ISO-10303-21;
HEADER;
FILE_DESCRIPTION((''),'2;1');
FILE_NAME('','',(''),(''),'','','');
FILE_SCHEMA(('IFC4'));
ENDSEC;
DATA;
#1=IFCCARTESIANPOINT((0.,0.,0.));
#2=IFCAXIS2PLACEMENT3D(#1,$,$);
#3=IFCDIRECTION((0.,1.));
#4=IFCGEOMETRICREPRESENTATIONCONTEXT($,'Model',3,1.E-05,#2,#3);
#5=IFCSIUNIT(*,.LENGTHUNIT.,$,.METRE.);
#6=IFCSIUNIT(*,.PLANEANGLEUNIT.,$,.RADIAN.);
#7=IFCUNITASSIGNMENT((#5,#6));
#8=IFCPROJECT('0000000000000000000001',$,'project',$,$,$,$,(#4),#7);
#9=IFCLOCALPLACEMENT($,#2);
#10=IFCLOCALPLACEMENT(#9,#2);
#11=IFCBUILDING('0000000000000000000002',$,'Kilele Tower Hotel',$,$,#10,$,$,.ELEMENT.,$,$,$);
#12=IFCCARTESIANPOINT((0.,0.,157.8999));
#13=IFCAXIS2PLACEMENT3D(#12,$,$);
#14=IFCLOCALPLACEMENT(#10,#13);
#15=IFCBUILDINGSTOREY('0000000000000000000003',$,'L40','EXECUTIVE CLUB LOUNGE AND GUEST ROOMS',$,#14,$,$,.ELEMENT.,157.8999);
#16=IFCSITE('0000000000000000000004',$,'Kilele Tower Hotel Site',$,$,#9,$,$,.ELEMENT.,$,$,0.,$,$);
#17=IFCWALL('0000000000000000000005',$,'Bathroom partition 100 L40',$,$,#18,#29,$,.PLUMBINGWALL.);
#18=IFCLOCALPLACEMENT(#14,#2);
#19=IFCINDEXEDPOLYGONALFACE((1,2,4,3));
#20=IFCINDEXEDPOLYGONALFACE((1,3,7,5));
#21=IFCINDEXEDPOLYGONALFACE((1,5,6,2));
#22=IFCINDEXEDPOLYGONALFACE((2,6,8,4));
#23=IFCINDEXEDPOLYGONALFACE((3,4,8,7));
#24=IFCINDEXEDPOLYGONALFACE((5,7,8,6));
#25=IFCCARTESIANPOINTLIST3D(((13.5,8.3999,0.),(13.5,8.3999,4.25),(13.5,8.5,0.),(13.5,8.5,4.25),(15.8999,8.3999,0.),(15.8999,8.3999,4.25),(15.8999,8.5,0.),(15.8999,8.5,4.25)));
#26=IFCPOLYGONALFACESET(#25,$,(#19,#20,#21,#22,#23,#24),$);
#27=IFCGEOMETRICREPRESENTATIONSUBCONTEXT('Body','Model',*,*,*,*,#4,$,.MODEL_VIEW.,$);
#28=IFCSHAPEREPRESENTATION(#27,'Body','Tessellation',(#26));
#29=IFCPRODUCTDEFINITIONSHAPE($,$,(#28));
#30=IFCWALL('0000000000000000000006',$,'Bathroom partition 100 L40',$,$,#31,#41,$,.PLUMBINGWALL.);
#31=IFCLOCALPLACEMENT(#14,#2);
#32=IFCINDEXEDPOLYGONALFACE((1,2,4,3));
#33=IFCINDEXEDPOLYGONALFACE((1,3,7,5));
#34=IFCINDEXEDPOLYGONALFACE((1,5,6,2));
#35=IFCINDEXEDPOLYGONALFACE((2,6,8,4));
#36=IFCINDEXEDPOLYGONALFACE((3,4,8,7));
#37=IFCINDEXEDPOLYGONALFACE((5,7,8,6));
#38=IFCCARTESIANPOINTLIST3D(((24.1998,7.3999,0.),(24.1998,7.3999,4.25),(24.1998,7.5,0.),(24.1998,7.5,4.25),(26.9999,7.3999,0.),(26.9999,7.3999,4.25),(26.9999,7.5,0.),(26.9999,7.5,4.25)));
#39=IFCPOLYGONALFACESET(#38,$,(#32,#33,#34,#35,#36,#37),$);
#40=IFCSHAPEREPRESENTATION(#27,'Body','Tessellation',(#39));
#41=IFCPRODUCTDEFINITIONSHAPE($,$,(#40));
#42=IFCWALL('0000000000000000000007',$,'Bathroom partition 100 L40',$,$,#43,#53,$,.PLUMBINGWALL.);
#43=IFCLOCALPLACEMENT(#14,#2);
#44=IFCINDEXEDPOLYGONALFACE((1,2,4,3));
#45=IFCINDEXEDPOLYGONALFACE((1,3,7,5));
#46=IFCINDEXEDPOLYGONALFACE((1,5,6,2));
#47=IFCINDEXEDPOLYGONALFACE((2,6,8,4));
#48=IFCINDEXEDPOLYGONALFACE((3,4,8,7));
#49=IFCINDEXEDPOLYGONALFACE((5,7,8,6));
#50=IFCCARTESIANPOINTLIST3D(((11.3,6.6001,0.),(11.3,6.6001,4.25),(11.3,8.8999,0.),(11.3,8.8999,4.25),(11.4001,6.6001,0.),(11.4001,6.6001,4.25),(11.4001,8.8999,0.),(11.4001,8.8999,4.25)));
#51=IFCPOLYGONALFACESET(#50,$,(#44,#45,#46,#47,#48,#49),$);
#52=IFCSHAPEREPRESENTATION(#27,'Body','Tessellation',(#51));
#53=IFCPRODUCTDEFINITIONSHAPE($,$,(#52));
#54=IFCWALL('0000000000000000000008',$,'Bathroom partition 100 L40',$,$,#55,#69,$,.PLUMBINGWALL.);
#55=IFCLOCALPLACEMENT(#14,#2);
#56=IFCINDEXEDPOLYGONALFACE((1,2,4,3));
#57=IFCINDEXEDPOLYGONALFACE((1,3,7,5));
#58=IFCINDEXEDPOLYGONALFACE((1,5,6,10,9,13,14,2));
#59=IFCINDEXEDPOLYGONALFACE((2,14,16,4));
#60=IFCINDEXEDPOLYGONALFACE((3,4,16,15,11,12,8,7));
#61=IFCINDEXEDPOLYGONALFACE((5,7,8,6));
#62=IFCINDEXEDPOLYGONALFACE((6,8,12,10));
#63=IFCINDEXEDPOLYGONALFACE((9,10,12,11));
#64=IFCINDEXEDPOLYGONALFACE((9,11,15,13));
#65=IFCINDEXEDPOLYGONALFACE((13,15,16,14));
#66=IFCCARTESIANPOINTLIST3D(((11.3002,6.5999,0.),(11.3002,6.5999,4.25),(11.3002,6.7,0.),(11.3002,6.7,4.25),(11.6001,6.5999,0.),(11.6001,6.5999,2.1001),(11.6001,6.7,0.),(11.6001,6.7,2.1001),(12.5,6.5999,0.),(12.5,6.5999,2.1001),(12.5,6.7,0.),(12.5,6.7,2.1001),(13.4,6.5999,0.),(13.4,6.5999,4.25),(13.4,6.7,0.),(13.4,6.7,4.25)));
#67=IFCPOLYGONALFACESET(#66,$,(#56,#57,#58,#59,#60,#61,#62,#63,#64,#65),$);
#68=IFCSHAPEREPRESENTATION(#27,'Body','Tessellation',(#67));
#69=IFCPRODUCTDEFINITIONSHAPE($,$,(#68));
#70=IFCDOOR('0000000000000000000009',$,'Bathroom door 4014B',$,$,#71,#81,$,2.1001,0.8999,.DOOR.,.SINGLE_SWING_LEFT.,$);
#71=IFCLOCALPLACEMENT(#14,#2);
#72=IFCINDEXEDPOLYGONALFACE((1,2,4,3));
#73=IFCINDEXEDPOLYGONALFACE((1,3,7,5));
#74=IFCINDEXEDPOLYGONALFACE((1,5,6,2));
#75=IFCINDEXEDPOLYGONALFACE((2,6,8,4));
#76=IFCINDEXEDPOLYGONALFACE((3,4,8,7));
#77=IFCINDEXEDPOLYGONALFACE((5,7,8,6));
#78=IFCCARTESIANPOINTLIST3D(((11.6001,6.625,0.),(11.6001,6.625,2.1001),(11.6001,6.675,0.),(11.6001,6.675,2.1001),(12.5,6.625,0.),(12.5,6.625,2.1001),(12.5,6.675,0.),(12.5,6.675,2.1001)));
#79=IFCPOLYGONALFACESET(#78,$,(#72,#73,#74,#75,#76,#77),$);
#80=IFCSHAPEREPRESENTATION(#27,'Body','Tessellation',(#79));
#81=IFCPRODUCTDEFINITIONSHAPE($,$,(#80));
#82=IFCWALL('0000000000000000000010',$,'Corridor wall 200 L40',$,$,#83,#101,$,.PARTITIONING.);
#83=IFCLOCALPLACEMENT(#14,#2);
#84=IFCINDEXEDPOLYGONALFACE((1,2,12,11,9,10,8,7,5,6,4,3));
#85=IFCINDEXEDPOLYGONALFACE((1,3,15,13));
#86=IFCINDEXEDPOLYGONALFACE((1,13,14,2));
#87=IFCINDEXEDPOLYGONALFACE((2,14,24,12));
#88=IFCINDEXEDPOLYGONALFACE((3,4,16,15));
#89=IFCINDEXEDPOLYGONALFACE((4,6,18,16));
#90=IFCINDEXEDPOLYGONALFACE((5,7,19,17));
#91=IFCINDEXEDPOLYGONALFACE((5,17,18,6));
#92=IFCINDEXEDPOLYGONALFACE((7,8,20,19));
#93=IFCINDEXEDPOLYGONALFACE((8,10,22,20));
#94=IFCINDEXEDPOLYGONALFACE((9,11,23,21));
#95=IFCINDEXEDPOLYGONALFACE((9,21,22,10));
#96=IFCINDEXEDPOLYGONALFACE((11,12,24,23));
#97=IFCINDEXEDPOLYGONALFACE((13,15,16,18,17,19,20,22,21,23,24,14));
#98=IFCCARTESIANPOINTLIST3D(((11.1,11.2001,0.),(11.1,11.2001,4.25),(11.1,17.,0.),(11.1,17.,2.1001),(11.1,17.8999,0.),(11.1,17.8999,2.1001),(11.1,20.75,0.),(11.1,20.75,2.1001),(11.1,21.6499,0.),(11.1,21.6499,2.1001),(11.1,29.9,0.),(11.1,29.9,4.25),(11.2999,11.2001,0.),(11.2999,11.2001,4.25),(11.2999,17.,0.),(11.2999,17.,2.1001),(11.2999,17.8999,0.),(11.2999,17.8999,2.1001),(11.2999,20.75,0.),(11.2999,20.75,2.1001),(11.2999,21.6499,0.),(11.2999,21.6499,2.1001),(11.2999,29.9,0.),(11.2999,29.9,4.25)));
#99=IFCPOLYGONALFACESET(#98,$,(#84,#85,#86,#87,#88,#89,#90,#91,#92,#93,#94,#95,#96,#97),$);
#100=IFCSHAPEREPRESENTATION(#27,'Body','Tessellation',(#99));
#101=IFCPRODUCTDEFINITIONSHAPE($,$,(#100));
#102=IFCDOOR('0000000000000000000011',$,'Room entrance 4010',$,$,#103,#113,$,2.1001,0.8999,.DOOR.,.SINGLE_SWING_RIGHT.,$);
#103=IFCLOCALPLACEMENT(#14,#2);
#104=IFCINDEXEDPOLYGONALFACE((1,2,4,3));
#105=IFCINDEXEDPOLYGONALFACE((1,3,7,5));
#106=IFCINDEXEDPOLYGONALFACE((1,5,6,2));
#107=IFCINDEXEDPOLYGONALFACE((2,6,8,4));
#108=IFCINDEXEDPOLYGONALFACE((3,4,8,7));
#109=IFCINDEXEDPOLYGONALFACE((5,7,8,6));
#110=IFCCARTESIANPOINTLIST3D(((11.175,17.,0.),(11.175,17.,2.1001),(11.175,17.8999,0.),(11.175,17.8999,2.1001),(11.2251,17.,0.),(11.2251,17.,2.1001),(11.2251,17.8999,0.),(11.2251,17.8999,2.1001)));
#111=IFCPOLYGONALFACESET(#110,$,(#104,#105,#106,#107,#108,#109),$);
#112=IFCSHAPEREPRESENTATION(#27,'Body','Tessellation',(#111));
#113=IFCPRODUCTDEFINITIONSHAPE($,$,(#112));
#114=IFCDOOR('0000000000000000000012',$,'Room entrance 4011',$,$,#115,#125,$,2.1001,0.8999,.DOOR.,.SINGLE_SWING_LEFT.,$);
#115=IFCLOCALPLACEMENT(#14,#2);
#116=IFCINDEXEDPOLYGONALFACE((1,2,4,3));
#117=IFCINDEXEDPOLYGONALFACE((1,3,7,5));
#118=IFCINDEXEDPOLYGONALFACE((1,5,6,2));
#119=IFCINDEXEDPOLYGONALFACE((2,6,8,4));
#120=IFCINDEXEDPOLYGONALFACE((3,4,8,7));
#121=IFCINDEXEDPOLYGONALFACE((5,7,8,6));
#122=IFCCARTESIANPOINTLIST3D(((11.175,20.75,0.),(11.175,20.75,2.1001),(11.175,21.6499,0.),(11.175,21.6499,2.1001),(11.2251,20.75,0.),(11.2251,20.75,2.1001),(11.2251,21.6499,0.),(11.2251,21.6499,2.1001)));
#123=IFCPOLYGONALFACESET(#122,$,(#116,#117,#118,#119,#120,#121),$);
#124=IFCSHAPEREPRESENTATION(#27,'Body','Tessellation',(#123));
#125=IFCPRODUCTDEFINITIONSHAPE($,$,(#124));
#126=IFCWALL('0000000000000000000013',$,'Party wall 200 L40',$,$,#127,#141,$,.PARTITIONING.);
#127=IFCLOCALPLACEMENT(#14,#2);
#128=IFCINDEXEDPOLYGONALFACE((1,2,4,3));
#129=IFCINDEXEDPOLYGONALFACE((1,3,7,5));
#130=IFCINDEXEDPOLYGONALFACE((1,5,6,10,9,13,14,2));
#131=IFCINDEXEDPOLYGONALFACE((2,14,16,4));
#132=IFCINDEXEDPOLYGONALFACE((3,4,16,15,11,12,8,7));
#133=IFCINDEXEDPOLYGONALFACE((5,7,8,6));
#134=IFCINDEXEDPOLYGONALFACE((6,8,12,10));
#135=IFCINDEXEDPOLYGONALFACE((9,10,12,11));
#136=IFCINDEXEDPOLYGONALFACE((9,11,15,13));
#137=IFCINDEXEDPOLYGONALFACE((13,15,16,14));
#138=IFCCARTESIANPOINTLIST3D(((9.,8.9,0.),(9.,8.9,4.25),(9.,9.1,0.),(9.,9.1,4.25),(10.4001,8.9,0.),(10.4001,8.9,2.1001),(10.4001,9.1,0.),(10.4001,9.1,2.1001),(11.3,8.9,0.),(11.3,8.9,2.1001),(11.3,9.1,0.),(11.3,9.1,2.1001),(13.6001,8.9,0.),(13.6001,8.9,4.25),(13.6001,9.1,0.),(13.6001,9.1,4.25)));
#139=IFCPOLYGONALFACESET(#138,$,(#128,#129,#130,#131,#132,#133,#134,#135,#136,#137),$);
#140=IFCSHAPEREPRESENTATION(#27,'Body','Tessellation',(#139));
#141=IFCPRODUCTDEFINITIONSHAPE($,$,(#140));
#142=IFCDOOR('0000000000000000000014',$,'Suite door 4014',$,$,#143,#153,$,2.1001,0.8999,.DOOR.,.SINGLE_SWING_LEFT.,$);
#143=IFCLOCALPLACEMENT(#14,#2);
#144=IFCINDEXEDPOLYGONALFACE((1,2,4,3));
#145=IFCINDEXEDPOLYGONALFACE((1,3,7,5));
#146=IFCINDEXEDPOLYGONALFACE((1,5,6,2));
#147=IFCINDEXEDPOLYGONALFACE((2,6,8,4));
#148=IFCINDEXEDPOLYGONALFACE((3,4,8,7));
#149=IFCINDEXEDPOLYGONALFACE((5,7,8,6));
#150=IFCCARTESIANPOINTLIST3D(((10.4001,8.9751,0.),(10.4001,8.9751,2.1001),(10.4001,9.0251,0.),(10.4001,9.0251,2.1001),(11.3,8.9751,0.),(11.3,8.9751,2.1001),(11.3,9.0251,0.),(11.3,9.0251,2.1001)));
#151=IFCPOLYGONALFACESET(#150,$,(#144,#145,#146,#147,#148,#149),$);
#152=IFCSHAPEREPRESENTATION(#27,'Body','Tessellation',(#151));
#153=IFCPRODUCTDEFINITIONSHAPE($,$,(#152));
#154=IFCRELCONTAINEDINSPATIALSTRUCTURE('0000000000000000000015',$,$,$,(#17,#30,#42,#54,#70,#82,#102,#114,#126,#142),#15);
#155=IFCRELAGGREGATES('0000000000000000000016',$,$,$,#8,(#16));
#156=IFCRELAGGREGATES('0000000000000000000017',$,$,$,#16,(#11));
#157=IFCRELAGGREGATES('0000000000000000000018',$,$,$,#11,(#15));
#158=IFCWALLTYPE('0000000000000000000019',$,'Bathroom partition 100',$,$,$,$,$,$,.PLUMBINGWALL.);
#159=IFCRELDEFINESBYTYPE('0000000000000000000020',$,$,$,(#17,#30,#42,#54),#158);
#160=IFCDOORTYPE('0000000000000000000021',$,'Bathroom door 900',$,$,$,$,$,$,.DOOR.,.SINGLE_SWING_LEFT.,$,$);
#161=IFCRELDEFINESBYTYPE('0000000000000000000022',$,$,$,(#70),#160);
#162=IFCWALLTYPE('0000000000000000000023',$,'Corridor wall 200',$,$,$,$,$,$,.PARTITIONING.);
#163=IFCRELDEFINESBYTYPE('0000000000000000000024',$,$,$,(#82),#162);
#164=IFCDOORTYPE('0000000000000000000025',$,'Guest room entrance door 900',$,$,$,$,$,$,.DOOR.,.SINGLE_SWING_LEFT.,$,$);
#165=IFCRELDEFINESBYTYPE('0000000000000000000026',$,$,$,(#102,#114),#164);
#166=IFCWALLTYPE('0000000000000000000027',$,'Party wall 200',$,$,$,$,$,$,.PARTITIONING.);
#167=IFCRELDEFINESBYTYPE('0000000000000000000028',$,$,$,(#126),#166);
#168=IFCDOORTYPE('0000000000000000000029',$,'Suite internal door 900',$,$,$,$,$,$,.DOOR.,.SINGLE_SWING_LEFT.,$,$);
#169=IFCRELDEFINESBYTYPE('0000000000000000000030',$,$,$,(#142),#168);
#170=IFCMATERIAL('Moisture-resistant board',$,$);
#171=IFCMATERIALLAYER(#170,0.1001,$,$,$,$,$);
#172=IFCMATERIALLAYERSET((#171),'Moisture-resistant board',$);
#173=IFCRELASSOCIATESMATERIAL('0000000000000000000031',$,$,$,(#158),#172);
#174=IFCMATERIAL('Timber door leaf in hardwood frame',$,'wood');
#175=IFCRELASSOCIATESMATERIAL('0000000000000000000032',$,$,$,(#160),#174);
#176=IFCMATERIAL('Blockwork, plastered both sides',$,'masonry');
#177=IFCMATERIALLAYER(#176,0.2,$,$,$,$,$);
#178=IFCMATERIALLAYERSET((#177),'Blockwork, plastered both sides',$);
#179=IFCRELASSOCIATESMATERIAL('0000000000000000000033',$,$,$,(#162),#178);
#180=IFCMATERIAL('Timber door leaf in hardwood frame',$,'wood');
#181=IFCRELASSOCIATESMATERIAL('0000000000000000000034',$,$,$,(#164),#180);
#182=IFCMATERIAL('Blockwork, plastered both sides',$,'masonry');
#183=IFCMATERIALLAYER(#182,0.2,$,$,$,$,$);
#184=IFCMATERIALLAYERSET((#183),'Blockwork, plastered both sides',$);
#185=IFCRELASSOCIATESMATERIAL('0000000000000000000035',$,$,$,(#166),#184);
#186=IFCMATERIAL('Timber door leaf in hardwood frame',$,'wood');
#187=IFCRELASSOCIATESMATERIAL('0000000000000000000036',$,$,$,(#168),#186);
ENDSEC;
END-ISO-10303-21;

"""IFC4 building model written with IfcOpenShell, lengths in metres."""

from ifc_helpers import new_model, si_unit, direction, frame, frame_2d, origin, place, context, subcontext, project, spatial, rectangle, extrude, material, layer, layer_set, type_object, element, fill, save


model = new_model("IFC4")

# Units and contexts
model_context = context("Model", 3, precision=1e-05, world=origin(), true_north=direction((0.0, 1.0)))
body_context = subcontext(model_context, "Body", "Model", "MODEL_VIEW")
ifc_project = project(units=[si_unit("LENGTHUNIT", "METRE"), si_unit("PLANEANGLEUNIT", "RADIAN")], contexts=[model_context])

# Site, building, storey
site_placement = place(None, origin())
site = spatial("IfcSite", under=ifc_project, at=site_placement, Name="Kilele Tower Hotel Site", CompositionType="ELEMENT", RefElevation=0.0)
building_placement = place(site_placement, origin())
building = spatial("IfcBuilding", under=site, at=building_placement, Name="Kilele Tower Hotel", CompositionType="ELEMENT")
storey_placement = place(building_placement, frame((0.0, 0.0, 157.8999)))
storey = spatial("IfcBuildingStorey", under=building, at=storey_placement, Name="L40", Description="EXECUTIVE CLUB LOUNGE AND GUEST ROOMS", CompositionType="ELEMENT", Elevation=157.8999)

# Walls
ifc_material_1 = material(Name="Moisture-resistant board")
ifc_layer_1 = layer(ifc_material_1, 0.1001)
ifc_layer_set_1 = layer_set([ifc_layer_1], Name="Moisture-resistant board")
wall_type_1 = type_object("IfcWallType", Name="Bathroom partition 100", PredefinedType="PLUMBINGWALL", material=ifc_layer_set_1)
wall_1_placement = place(storey_placement, frame((13.5, 8.45, 0.0), z_axis=(0.0, 0.0, 1.0), x_axis=(1.0, 0.0, 0.0)))
element("IfcWall", 1, at=wall_1_placement, inside=storey, type_object=wall_type_1, Name="Bathroom partition 100 L40", PredefinedType="PLUMBINGWALL", context=body_context, shape_type="SweptSolid", body=[
    extrude(rectangle(XDim=2.3999, YDim=0.1001, at=frame_2d((1.2, 0.0))), origin(), (0.0, 0.0, 1.0), 4.25),
])
wall_2_placement = place(storey_placement, frame((24.2, 7.45, 0.0), z_axis=(0.0, 0.0, 1.0), x_axis=(1.0, 0.0, 0.0)))
element("IfcWall", 2, at=wall_2_placement, inside=storey, type_object=wall_type_1, Name="Bathroom partition 100 L40", PredefinedType="PLUMBINGWALL", context=body_context, shape_type="SweptSolid", body=[
    extrude(rectangle(XDim=2.8, YDim=0.1001, at=frame_2d((1.3999, 0.0))), origin(), (0.0, 0.0, 1.0), 4.25),
])
wall_3_placement = place(storey_placement, frame((11.3501, 8.8999, 0.0), z_axis=(0.0, 0.0, 1.0), x_axis=(0.0, -1.0, 0.0)))
element("IfcWall", 3, at=wall_3_placement, inside=storey, type_object=wall_type_1, Name="Bathroom partition 100 L40", PredefinedType="PLUMBINGWALL", context=body_context, shape_type="SweptSolid", body=[
    extrude(rectangle(XDim=2.2998, YDim=0.1001, at=frame_2d((1.1499, 0.0))), origin(), (0.0, 0.0, 1.0), 4.25),
])

# Wall, opening, door
wall_4_placement = place(storey_placement, frame((13.3999, 6.6499, 0.0), z_axis=(0.0, 0.0, 1.0), x_axis=(-1.0, 0.0, 0.0)))
wall_4 = element("IfcWall", 4, at=wall_4_placement, inside=storey, type_object=wall_type_1, Name="Bathroom partition 100 L40", PredefinedType="PLUMBINGWALL", context=body_context, shape_type="SweptSolid", body=[
    extrude(rectangle(XDim=2.0999, YDim=0.1001, at=frame_2d((1.0498, 0.0))), origin(), (0.0, 0.0, 1.0), 4.25),
])
opening_1_placement = place(wall_4_placement, frame((0.8999, 0.0, 0.0)))
opening_1 = element("IfcOpeningElement", 5, at=opening_1_placement, cuts=wall_4, PredefinedType="OPENING", context=body_context, shape_type="SweptSolid", body=[
    extrude(rectangle(XDim=0.8999, YDim=2.1001, at=frame_2d((0.45, 1.05))), frame((0.0, 0.0601, 0.0), z_axis=(0.0, -1.0, 0.0), x_axis=(1.0, 0.0, 0.0)), (0.0, 0.0, 1.0), 0.1201),
])
ifc_material_2 = material(Name="Timber door leaf in hardwood frame", Category="wood")
door_type_1 = type_object("IfcDoorType", Name="Bathroom door 900", OperationType="SINGLE_SWING_LEFT", PredefinedType="DOOR", material=ifc_material_2)
door_1_placement = place(opening_1_placement, origin())
door_1 = element("IfcDoor", 6, at=door_1_placement, inside=storey, type_object=door_type_1, Name="Bathroom door 4014B", OperationType="SINGLE_SWING_LEFT", OverallHeight=2.1001, OverallWidth=0.8999, PredefinedType="DOOR", context=body_context, shape_type="SweptSolid", body=[
    extrude(rectangle(XDim=0.8999, YDim=2.1001, at=frame_2d((0.45, 1.05))), frame((0.0, 0.0249, 0.0), z_axis=(0.0, -1.0, 0.0), x_axis=(1.0, 0.0, 0.0)), (0.0, 0.0, 1.0), 0.05),
])
fill(opening_1, door_1)

# Wall, openings, doors
ifc_material_3 = material(Name="Blockwork, plastered both sides", Category="masonry")
ifc_layer_2 = layer(ifc_material_3, 0.2)
ifc_layer_set_2 = layer_set([ifc_layer_2], Name="Blockwork, plastered both sides")
wall_type_2 = type_object("IfcWallType", Name="Corridor wall 200", PredefinedType="PARTITIONING", material=ifc_layer_set_2)
wall_5_placement = place(storey_placement, frame((11.2, 11.2, 0.0), z_axis=(0.0, 0.0, 1.0), x_axis=(0.0, 1.0, 0.0)))
wall_5 = element("IfcWall", 7, at=wall_5_placement, inside=storey, type_object=wall_type_2, Name="Corridor wall 200 L40", PredefinedType="PARTITIONING", context=body_context, shape_type="SweptSolid", body=[
    extrude(rectangle(XDim=18.7, YDim=0.2, at=frame_2d((9.3501, 0.0))), origin(), (0.0, 0.0, 1.0), 4.25),
])
opening_2_placement = place(wall_5_placement, frame((5.8, 0.0, 0.0)))
opening_2 = element("IfcOpeningElement", 8, at=opening_2_placement, cuts=wall_5, PredefinedType="OPENING", context=body_context, shape_type="SweptSolid", body=[
    extrude(rectangle(XDim=0.8999, YDim=2.1001, at=frame_2d((0.45, 1.05))), frame((0.0, 0.1099, 0.0), z_axis=(0.0, -1.0, 0.0), x_axis=(1.0, 0.0, 0.0)), (0.0, 0.0, 1.0), 0.22),
])
opening_3_placement = place(wall_5_placement, frame((9.55, 0.0, 0.0)))
opening_3 = element("IfcOpeningElement", 9, at=opening_3_placement, cuts=wall_5, PredefinedType="OPENING", context=body_context, shape_type="SweptSolid", body=[
    extrude(rectangle(XDim=0.8999, YDim=2.1001, at=frame_2d((0.45, 1.05))), frame((0.0, 0.1099, 0.0), z_axis=(0.0, -1.0, 0.0), x_axis=(1.0, 0.0, 0.0)), (0.0, 0.0, 1.0), 0.22),
])
ifc_material_4 = material(Name="Timber door leaf in hardwood frame", Category="wood")
door_type_2 = type_object("IfcDoorType", Name="Guest room entrance door 900", OperationType="SINGLE_SWING_LEFT", PredefinedType="DOOR", material=ifc_material_4)
door_2_placement = place(opening_2_placement, origin())
door_2 = element("IfcDoor", 10, at=door_2_placement, inside=storey, type_object=door_type_2, Name="Room entrance 4010", OperationType="SINGLE_SWING_RIGHT", OverallHeight=2.1001, OverallWidth=0.8999, PredefinedType="DOOR", context=body_context, shape_type="SweptSolid", body=[
    extrude(rectangle(XDim=0.8999, YDim=2.1001, at=frame_2d((0.45, 1.05))), frame((0.0, 0.0249, 0.0), z_axis=(0.0, -1.0, 0.0), x_axis=(1.0, 0.0, 0.0)), (0.0, 0.0, 1.0), 0.05),
])
fill(opening_2, door_2)
door_3_placement = place(opening_3_placement, origin())
door_3 = element("IfcDoor", 11, at=door_3_placement, inside=storey, type_object=door_type_2, Name="Room entrance 4011", OperationType="SINGLE_SWING_LEFT", OverallHeight=2.1001, OverallWidth=0.8999, PredefinedType="DOOR", context=body_context, shape_type="SweptSolid", body=[
    extrude(rectangle(XDim=0.8999, YDim=2.1001, at=frame_2d((0.45, 1.05))), frame((0.0, 0.0249, 0.0), z_axis=(0.0, -1.0, 0.0), x_axis=(1.0, 0.0, 0.0)), (0.0, 0.0, 1.0), 0.05),
])
fill(opening_3, door_3)

# Wall, opening, door
ifc_material_5 = material(Name="Blockwork, plastered both sides", Category="masonry")
ifc_layer_3 = layer(ifc_material_5, 0.2)
ifc_layer_set_3 = layer_set([ifc_layer_3], Name="Blockwork, plastered both sides")
wall_type_3 = type_object("IfcWallType", Name="Party wall 200", PredefinedType="PARTITIONING", material=ifc_layer_set_3)
wall_6_placement = place(storey_placement, frame((13.6001, 9.0, 0.0), z_axis=(0.0, 0.0, 1.0), x_axis=(-1.0, 0.0, 0.0)))
wall_6 = element("IfcWall", 12, at=wall_6_placement, inside=storey, type_object=wall_type_3, Name="Party wall 200 L40", PredefinedType="PARTITIONING", context=body_context, shape_type="SweptSolid", body=[
    extrude(rectangle(XDim=4.6001, YDim=0.2, at=frame_2d((2.3, 0.0))), origin(), (0.0, 0.0, 1.0), 4.25),
])
opening_4_placement = place(wall_6_placement, frame((2.3, 0.0, 0.0)))
opening_4 = element("IfcOpeningElement", 13, at=opening_4_placement, cuts=wall_6, PredefinedType="OPENING", context=body_context, shape_type="SweptSolid", body=[
    extrude(rectangle(XDim=0.8999, YDim=2.1001, at=frame_2d((0.45, 1.05))), frame((0.0, 0.1099, 0.0), z_axis=(0.0, -1.0, 0.0), x_axis=(1.0, 0.0, 0.0)), (0.0, 0.0, 1.0), 0.22),
])
ifc_material_6 = material(Name="Timber door leaf in hardwood frame", Category="wood")
door_type_3 = type_object("IfcDoorType", Name="Suite internal door 900", OperationType="SINGLE_SWING_LEFT", PredefinedType="DOOR", material=ifc_material_6)
door_4_placement = place(opening_4_placement, origin())
door_4 = element("IfcDoor", 14, at=door_4_placement, inside=storey, type_object=door_type_3, Name="Suite door 4014", OperationType="SINGLE_SWING_LEFT", OverallHeight=2.1001, OverallWidth=0.8999, PredefinedType="DOOR", context=body_context, shape_type="SweptSolid", body=[
    extrude(rectangle(XDim=0.8999, YDim=2.1001, at=frame_2d((0.45, 1.05))), frame((0.0, 0.0249, 0.0), z_axis=(0.0, -1.0, 0.0), x_axis=(1.0, 0.0, 0.0)), (0.0, 0.0, 1.0), 0.05),
])
fill(opening_4, door_4)

save(model, "model.ifc")
